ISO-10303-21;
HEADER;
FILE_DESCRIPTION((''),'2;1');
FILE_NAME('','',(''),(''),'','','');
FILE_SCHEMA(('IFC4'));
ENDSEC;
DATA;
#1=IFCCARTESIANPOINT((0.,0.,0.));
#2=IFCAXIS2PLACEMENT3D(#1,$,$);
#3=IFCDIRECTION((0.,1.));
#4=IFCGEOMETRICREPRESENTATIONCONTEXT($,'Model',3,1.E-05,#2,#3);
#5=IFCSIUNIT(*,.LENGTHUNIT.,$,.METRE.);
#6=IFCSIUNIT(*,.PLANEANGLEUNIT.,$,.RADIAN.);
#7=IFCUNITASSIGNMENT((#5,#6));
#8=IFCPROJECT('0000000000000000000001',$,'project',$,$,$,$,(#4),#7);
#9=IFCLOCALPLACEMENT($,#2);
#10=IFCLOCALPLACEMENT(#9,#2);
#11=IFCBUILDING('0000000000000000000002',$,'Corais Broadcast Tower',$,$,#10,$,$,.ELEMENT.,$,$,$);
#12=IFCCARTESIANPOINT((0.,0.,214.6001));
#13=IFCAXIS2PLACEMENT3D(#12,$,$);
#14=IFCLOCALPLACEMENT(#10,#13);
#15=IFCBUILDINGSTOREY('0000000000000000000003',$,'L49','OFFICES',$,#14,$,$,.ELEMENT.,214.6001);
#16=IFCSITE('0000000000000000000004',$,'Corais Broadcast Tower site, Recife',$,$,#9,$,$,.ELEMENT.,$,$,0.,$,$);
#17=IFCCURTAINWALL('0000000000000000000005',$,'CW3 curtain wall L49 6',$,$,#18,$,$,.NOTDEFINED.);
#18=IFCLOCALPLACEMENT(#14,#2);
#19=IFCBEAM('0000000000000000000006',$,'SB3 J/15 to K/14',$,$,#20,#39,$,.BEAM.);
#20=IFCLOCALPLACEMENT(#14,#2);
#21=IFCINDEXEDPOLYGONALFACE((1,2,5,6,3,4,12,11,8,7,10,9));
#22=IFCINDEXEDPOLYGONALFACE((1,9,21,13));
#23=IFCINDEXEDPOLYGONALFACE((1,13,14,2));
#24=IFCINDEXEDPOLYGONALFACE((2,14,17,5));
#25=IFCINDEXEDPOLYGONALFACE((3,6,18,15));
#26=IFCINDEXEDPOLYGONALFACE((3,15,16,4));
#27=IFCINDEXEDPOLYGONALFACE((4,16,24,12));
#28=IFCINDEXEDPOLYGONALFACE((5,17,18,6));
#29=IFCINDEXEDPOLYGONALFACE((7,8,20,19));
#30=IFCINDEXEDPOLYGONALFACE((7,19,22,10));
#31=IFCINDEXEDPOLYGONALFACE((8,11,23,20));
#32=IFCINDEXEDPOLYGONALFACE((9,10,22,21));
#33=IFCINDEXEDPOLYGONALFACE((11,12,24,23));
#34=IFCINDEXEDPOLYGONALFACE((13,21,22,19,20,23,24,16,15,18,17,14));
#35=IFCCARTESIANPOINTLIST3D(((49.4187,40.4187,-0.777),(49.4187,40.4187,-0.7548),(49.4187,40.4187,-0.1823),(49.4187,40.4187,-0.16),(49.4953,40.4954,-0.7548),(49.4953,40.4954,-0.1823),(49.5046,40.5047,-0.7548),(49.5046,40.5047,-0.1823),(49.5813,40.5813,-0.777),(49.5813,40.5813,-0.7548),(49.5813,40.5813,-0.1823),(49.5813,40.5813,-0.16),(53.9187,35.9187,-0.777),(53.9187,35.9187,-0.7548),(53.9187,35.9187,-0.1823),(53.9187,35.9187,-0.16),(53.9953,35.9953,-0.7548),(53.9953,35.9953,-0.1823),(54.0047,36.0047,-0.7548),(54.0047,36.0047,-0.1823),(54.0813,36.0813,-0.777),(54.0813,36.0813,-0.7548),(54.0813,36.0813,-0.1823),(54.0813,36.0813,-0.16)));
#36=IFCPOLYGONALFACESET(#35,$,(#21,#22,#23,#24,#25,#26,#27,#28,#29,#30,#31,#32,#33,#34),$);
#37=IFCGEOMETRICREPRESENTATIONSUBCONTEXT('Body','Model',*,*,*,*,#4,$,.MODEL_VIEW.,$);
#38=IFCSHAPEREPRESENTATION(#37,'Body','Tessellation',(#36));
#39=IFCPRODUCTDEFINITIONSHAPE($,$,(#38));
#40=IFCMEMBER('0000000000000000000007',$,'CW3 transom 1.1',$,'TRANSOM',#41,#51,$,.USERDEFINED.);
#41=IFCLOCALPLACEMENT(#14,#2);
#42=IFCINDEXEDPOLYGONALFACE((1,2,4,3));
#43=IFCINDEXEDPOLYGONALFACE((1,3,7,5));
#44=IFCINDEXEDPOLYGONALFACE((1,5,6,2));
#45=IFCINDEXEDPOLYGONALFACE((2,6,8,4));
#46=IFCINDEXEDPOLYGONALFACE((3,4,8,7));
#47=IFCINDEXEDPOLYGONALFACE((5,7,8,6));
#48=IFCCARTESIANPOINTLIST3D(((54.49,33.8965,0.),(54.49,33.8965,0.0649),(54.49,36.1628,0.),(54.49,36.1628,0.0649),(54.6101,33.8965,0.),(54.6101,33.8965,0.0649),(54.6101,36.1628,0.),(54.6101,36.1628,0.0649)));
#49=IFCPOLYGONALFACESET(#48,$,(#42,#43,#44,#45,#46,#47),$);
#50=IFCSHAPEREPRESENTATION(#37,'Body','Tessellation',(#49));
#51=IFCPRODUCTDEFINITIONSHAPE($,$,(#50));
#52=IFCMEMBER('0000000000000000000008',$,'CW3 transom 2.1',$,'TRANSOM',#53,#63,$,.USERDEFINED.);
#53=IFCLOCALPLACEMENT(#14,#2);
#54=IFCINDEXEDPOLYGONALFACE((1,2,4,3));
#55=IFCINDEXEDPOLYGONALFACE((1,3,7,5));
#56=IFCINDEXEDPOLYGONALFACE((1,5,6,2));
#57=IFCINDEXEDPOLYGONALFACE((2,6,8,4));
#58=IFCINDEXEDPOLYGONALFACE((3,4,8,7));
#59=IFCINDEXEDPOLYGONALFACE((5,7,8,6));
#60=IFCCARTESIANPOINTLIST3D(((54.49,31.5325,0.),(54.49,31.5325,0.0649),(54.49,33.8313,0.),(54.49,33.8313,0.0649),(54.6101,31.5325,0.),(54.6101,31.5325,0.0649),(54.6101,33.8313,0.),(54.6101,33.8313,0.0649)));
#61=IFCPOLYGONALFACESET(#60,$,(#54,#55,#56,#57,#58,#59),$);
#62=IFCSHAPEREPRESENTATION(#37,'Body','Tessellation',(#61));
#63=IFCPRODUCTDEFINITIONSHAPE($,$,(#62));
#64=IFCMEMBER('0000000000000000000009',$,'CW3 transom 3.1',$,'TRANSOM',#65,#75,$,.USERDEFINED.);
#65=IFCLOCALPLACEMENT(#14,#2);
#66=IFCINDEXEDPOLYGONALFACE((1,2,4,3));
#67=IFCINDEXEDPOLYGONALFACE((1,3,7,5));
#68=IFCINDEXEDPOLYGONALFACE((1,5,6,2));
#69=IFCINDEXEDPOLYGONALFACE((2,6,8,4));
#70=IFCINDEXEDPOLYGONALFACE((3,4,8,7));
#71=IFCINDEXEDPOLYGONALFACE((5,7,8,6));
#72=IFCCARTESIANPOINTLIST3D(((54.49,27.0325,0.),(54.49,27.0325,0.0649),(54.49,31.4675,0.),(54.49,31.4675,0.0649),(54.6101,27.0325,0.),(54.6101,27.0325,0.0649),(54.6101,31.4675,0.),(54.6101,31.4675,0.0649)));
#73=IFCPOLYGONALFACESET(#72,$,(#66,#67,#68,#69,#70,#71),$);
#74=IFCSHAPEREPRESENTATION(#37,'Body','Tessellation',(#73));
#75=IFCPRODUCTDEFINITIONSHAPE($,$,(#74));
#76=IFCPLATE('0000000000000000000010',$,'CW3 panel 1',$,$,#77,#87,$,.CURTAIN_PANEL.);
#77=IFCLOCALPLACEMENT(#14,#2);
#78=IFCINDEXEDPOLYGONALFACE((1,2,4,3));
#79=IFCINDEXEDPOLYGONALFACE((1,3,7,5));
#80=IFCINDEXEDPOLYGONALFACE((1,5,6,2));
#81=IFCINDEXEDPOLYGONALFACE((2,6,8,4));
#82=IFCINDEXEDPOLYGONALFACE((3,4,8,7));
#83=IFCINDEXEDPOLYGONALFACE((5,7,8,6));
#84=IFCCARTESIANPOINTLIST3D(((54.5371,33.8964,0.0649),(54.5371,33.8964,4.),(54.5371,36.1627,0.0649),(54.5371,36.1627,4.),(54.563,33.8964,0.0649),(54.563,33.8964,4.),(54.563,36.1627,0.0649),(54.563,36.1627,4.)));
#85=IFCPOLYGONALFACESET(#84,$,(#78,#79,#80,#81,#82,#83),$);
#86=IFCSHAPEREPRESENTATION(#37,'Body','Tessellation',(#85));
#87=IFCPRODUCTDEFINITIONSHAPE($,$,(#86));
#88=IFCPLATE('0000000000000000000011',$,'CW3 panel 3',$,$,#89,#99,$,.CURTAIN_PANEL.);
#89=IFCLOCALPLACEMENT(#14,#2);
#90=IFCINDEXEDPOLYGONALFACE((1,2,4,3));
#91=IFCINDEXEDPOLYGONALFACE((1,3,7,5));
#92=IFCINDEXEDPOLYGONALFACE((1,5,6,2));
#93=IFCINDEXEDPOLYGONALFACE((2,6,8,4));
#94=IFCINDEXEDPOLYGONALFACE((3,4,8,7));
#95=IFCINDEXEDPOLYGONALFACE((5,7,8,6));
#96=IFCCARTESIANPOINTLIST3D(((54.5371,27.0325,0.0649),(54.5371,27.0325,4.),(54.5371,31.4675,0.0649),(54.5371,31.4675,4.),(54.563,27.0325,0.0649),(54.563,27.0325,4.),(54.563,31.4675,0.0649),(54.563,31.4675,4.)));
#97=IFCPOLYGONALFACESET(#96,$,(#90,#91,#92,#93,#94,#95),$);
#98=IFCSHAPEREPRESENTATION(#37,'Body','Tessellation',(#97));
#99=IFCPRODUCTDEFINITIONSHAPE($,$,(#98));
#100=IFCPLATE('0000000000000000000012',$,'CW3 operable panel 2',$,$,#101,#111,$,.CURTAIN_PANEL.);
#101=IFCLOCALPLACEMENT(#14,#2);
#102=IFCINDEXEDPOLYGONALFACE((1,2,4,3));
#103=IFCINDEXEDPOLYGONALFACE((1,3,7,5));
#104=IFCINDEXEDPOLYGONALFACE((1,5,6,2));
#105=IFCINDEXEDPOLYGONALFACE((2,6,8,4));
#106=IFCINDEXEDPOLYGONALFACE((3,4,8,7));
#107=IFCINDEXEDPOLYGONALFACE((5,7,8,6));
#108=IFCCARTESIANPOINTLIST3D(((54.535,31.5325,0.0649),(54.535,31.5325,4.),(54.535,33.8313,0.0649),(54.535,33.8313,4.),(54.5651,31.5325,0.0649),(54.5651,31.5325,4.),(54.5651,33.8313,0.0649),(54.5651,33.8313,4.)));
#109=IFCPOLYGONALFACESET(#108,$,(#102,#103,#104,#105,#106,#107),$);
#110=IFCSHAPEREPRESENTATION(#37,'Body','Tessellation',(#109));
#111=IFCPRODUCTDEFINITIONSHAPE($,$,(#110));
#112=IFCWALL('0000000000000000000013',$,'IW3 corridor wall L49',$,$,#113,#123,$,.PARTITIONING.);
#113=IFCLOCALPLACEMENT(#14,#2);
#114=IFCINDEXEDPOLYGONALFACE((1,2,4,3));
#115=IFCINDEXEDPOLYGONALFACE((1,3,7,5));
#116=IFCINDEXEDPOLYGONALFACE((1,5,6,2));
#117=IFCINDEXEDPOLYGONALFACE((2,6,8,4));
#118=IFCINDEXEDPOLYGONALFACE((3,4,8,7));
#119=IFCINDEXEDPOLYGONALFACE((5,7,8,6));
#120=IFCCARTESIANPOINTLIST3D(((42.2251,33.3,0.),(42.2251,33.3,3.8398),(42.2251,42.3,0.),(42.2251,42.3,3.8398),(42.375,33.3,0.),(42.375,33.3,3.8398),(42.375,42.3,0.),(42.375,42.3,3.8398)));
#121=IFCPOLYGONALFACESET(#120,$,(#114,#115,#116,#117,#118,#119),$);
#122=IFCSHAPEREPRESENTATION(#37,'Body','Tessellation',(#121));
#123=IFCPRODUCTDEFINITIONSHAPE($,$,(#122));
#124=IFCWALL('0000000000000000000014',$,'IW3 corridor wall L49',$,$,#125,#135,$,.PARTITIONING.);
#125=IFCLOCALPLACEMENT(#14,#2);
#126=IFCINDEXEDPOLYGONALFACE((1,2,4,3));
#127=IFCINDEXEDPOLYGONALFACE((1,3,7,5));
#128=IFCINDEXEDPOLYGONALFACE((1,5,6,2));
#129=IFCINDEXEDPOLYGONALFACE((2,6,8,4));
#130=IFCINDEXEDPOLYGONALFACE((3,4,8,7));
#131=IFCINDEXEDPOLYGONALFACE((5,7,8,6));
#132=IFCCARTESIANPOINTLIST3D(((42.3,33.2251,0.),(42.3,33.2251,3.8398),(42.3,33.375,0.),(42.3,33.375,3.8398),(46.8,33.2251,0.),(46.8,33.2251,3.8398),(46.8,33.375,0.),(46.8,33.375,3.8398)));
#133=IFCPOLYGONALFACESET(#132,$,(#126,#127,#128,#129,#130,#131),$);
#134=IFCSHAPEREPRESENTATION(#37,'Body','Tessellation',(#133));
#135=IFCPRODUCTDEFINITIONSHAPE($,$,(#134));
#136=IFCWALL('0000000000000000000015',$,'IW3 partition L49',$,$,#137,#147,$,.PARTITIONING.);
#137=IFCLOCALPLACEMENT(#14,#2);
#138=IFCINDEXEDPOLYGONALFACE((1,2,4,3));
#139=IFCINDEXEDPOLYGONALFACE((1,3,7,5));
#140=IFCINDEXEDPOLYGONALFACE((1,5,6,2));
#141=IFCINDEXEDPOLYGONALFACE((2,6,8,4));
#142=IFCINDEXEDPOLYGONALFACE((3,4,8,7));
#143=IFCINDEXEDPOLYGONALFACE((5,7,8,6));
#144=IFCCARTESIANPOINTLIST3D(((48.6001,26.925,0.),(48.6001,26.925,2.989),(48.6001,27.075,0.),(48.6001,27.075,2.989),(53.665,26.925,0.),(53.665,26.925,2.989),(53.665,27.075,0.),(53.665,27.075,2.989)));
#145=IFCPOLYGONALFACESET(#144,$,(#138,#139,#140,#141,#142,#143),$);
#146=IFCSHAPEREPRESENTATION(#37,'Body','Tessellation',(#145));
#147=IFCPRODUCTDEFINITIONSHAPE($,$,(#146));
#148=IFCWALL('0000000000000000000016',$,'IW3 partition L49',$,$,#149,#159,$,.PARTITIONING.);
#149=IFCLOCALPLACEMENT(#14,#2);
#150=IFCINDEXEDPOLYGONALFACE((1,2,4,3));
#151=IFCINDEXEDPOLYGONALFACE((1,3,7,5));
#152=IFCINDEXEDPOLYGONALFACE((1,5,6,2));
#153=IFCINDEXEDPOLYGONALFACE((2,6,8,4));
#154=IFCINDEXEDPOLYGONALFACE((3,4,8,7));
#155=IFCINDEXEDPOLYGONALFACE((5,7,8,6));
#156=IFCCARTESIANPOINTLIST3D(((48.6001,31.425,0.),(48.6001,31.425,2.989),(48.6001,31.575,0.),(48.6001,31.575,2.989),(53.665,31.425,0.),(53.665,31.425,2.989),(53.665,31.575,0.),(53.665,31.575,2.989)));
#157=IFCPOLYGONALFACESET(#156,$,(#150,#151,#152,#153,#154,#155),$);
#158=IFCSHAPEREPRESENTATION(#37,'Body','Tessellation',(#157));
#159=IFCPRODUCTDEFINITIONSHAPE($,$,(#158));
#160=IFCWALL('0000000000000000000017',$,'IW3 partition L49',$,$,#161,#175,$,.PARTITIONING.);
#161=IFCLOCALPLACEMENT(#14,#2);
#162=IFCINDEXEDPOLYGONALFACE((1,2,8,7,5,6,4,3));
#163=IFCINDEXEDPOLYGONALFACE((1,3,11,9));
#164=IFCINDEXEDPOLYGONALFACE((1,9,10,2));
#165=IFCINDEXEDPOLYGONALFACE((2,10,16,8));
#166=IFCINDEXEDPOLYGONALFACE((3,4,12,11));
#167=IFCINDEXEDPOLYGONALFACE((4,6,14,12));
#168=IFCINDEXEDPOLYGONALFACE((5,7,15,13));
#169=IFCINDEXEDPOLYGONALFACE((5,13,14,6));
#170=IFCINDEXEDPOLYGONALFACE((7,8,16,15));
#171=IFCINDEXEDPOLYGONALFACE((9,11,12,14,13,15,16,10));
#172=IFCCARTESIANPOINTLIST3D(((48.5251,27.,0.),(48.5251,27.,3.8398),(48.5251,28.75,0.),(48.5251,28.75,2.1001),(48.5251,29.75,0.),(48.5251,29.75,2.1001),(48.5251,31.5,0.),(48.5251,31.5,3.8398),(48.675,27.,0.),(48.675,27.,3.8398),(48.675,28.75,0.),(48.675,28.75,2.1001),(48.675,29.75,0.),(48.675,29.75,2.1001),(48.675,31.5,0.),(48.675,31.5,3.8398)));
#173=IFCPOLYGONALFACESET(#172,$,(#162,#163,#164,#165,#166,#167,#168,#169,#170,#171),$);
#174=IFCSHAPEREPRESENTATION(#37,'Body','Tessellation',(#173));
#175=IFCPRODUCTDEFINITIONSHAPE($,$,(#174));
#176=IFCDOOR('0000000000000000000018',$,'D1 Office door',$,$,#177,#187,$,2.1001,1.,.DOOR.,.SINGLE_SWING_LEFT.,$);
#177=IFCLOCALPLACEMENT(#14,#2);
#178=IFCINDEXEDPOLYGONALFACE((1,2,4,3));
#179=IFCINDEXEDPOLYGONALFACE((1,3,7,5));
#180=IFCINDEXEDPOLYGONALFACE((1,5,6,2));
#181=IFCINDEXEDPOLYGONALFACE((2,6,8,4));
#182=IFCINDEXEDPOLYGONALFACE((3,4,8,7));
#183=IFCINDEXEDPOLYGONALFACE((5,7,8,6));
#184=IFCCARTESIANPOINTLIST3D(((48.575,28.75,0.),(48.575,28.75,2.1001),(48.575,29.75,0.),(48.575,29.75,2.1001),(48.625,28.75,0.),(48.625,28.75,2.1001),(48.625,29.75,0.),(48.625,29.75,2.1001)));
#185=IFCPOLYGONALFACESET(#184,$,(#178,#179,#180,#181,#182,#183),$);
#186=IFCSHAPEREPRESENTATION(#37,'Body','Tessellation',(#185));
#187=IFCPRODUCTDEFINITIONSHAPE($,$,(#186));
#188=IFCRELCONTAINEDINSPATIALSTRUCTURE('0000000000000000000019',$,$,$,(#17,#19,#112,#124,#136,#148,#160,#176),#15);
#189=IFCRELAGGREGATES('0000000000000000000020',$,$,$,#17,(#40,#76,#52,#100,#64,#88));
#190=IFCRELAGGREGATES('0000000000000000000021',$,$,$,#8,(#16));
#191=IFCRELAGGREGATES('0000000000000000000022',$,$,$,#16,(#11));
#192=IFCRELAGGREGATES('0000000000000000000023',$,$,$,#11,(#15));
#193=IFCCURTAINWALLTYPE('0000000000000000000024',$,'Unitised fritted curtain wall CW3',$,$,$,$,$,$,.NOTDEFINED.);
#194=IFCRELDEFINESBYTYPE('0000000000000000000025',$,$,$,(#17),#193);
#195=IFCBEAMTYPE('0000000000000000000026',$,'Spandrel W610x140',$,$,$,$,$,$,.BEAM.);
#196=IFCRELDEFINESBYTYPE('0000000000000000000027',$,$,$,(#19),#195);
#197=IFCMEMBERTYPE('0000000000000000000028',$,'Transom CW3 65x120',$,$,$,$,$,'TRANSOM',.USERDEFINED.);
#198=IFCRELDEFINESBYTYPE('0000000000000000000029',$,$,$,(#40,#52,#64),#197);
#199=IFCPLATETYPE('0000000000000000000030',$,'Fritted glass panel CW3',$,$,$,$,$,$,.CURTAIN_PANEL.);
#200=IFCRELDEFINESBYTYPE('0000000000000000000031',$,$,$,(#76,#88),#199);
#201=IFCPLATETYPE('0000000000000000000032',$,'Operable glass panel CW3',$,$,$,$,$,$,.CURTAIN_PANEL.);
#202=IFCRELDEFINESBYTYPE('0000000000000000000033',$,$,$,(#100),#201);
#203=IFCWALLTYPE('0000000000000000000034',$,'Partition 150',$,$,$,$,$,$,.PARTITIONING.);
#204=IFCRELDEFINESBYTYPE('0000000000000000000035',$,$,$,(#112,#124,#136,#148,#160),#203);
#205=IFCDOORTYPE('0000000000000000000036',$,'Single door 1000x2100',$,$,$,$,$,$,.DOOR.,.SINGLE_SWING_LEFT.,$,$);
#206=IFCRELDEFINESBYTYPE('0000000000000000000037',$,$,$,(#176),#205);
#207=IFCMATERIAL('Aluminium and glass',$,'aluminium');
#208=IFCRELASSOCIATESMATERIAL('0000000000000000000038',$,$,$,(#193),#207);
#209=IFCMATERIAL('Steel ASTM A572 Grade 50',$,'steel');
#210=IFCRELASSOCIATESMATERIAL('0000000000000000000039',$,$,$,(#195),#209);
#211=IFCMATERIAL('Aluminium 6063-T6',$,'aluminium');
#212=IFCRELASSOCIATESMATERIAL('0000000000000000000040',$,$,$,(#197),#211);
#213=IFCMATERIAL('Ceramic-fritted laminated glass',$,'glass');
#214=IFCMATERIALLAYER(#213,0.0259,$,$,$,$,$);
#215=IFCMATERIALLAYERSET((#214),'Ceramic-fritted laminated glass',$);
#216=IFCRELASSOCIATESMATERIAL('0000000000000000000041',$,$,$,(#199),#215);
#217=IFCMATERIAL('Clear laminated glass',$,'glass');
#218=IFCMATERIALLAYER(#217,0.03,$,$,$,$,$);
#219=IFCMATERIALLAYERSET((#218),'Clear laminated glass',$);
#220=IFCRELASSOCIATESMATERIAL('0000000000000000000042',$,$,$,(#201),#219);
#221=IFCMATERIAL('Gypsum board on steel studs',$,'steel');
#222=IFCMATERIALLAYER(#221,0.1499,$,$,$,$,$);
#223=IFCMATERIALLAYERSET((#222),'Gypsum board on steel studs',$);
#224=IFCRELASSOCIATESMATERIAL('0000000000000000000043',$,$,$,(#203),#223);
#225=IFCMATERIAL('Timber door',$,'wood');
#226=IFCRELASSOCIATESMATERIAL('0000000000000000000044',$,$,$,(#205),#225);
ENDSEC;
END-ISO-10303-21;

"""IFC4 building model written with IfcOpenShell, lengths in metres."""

from ifc_helpers import new_model, si_unit, direction, frame, frame_2d, origin, origin_2d, place, context, subcontext, project, spatial, rectangle, i_section, extrude, material, layer, layer_set, material_profile, profile_set, type_object, element, fill, aggregate, save


model = new_model("IFC4")

# Units and contexts
model_context = context("Model", 3, precision=1e-05, world=origin(), true_north=direction((0.0, 1.0)))
body_context = subcontext(model_context, "Body", "Model", "MODEL_VIEW")
ifc_project = project(units=[si_unit("LENGTHUNIT", "METRE"), si_unit("PLANEANGLEUNIT", "RADIAN")], contexts=[model_context])

# Site, building, storey
site_placement = place(None, origin())
site = spatial("IfcSite", under=ifc_project, at=site_placement, Name="Corais Broadcast Tower site, Recife", CompositionType="ELEMENT", RefElevation=0.0)
building_placement = place(site_placement, origin())
building = spatial("IfcBuilding", under=site, at=building_placement, Name="Corais Broadcast Tower", CompositionType="ELEMENT")
storey_placement = place(building_placement, frame((0.0, 0.0, 214.6001)))
storey = spatial("IfcBuildingStorey", under=building, at=storey_placement, Name="L49", Description="OFFICES", CompositionType="ELEMENT", Elevation=214.6001)

# Curtain wall
ifc_material_1 = material(Name="Aluminium and glass", Category="aluminium")
curtain_wall_type = type_object("IfcCurtainWallType", Name="Unitised fritted curtain wall CW3", PredefinedType="NOTDEFINED", material=ifc_material_1)
curtain_wall_placement = place(storey_placement, origin())
curtain_wall = element("IfcCurtainWall", 1, at=curtain_wall_placement, inside=storey, type_object=curtain_wall_type, Name="CW3 curtain wall L49 6", PredefinedType="NOTDEFINED")

# Beam
ifc_material_2 = material(Name="Steel ASTM A572 Grade 50", Category="steel")
ifc_material_profile_1 = material_profile(ifc_material_2, i_section(OverallWidth=0.23, OverallDepth=0.6169, WebThickness=0.0132, FlangeThickness=0.0222, at=origin_2d()), Name="W610x140")
ifc_profile_set_1 = profile_set([ifc_material_profile_1], Name="Steel ASTM A572 Grade 50")
beam_type_1 = type_object("IfcBeamType", Name="Spandrel W610x140", PredefinedType="BEAM", material=ifc_profile_set_1)
beam_placement = place(storey_placement, frame((54.0, 36.0, -0.4685), z_axis=(-0.707107, 0.707107, 0.0), x_axis=(-0.707107, -0.707107, 0.0)))
element("IfcBeam", 2, at=beam_placement, inside=storey, type_object=beam_type_1, Name="SB3 J/15 to K/14", PredefinedType="BEAM", context=body_context, shape_type="SweptSolid", body=[
    extrude(i_section(OverallWidth=0.23, OverallDepth=0.6169, WebThickness=0.0132, FlangeThickness=0.0222, at=origin_2d()), origin(), (0.0, 0.0, 1.0), 6.364),
])

# Members
ifc_material_3 = material(Name="Aluminium 6063-T6", Category="aluminium")
ifc_material_profile_2 = material_profile(ifc_material_3, rectangle(XDim=0.1201, YDim=0.0649, at=origin_2d()), Name="Transom CW3 65x120")
ifc_profile_set_2 = profile_set([ifc_material_profile_2], Name="Aluminium 6063-T6")
member_type_1 = type_object("IfcMemberType", Name="Transom CW3 65x120", ElementType="TRANSOM", PredefinedType="USERDEFINED", material=ifc_profile_set_2)
member_1_placement = place(storey_placement, frame((54.55, 36.1628, 0.0325), z_axis=(0.0, -1.0, 0.0), x_axis=(1.0, 0.0, 0.0)))
member_1 = element("IfcMember", 3, at=member_1_placement, type_object=member_type_1, Name="CW3 transom 1.1", ObjectType="TRANSOM", PredefinedType="USERDEFINED", context=body_context, shape_type="SweptSolid", body=[
    extrude(rectangle(XDim=0.1201, YDim=0.0649, at=origin_2d()), origin(), (0.0, 0.0, 1.0), 2.2664),
])
member_2_placement = place(storey_placement, frame((54.55, 33.8313, 0.0325), z_axis=(0.0, -1.0, 0.0), x_axis=(1.0, 0.0, 0.0)))
member_2 = element("IfcMember", 4, at=member_2_placement, type_object=member_type_1, Name="CW3 transom 2.1", ObjectType="TRANSOM", PredefinedType="USERDEFINED", context=body_context, shape_type="SweptSolid", body=[
    extrude(rectangle(XDim=0.1201, YDim=0.0649, at=origin_2d()), origin(), (0.0, 0.0, 1.0), 2.2988),
])
member_3_placement = place(storey_placement, frame((54.55, 31.4675, 0.0325), z_axis=(0.0, -1.0, 0.0), x_axis=(1.0, 0.0, 0.0)))
member_3 = element("IfcMember", 5, at=member_3_placement, type_object=member_type_1, Name="CW3 transom 3.1", ObjectType="TRANSOM", PredefinedType="USERDEFINED", context=body_context, shape_type="SweptSolid", body=[
    extrude(rectangle(XDim=0.1201, YDim=0.0649, at=origin_2d()), origin(), (0.0, 0.0, 1.0), 4.4351),
])

# Plates
ifc_material_4 = material(Name="Ceramic-fritted laminated glass", Category="glass")
ifc_layer_1 = layer(ifc_material_4, 0.0259)
ifc_layer_set_1 = layer_set([ifc_layer_1], Name="Ceramic-fritted laminated glass")
plate_type_1 = type_object("IfcPlateType", Name="Fritted glass panel CW3", PredefinedType="CURTAIN_PANEL", material=ifc_layer_set_1)
plate_1_placement = place(storey_placement, frame((54.55, 35.0295, 0.0649), z_axis=(0.0, 0.0, 1.0), x_axis=(0.0, -1.0, 0.0)))
plate_1 = element("IfcPlate", 6, at=plate_1_placement, type_object=plate_type_1, Name="CW3 panel 1", PredefinedType="CURTAIN_PANEL", context=body_context, shape_type="SweptSolid", body=[
    extrude(rectangle(XDim=2.2664, YDim=0.0259, at=origin_2d()), origin(), (0.0, 0.0, 1.0), 3.9351),
])
plate_2_placement = place(storey_placement, frame((54.55, 29.25, 0.0649), z_axis=(0.0, 0.0, 1.0), x_axis=(0.0, -1.0, 0.0)))
plate_2 = element("IfcPlate", 7, at=plate_2_placement, type_object=plate_type_1, Name="CW3 panel 3", PredefinedType="CURTAIN_PANEL", context=body_context, shape_type="SweptSolid", body=[
    extrude(rectangle(XDim=4.4351, YDim=0.0259, at=origin_2d()), origin(), (0.0, 0.0, 1.0), 3.9351),
])
ifc_material_5 = material(Name="Clear laminated glass", Category="glass")
ifc_layer_2 = layer(ifc_material_5, 0.03)
ifc_layer_set_2 = layer_set([ifc_layer_2], Name="Clear laminated glass")
plate_type_2 = type_object("IfcPlateType", Name="Operable glass panel CW3", PredefinedType="CURTAIN_PANEL", material=ifc_layer_set_2)
plate_3_placement = place(storey_placement, frame((54.55, 32.6819, 0.0649), z_axis=(0.0, 0.0, 1.0), x_axis=(0.0, -1.0, 0.0)))
plate_3 = element("IfcPlate", 8, at=plate_3_placement, type_object=plate_type_2, Name="CW3 operable panel 2", PredefinedType="CURTAIN_PANEL", context=body_context, shape_type="SweptSolid", body=[
    extrude(rectangle(XDim=2.2988, YDim=0.03, at=origin_2d()), origin(), (0.0, 0.0, 1.0), 3.9351),
])
aggregate(curtain_wall, [member_1, plate_1, member_2, plate_3, member_3, plate_2])

# Walls
ifc_material_6 = material(Name="Gypsum board on steel studs", Category="steel")
ifc_layer_3 = layer(ifc_material_6, 0.1499)
ifc_layer_set_3 = layer_set([ifc_layer_3], Name="Gypsum board on steel studs")
wall_type = type_object("IfcWallType", Name="Partition 150", PredefinedType="PARTITIONING", material=ifc_layer_set_3)
wall_1_placement = place(storey_placement, frame((42.3, 33.3, 0.0), z_axis=(0.0, 0.0, 1.0), x_axis=(0.0, 1.0, 0.0)))
element("IfcWall", 9, at=wall_1_placement, inside=storey, type_object=wall_type, Name="IW3 corridor wall L49", PredefinedType="PARTITIONING", context=body_context, shape_type="SweptSolid", body=[
    extrude(rectangle(XDim=9.0, YDim=0.1499, at=frame_2d((4.5, 0.0))), origin(), (0.0, 0.0, 1.0), 3.8398),
])
wall_2_placement = place(storey_placement, frame((46.8, 33.3, 0.0), z_axis=(0.0, 0.0, 1.0), x_axis=(-1.0, 0.0, 0.0)))
element("IfcWall", 10, at=wall_2_placement, inside=storey, type_object=wall_type, Name="IW3 corridor wall L49", PredefinedType="PARTITIONING", context=body_context, shape_type="SweptSolid", body=[
    extrude(rectangle(XDim=4.5, YDim=0.1499, at=frame_2d((2.25, 0.0))), origin(), (0.0, 0.0, 1.0), 3.8398),
])
for number, where, z_axis, x_axis, name in (
    (11, (53.665, 27.0, 0.0), (0.0, 0.0, 1.0), (-1.0, 0.0, 0.0), "IW3 partition L49"),
    (12, (53.665, 31.5, 0.0), (0.0, 0.0, 1.0), (-1.0, 0.0, 0.0), "IW3 partition L49"),
):
    element("IfcWall", number, at=place(storey_placement, frame(where, z_axis=z_axis, x_axis=x_axis)), inside=storey, type_object=wall_type, Name=name, PredefinedType="PARTITIONING", context=body_context, shape_type="SweptSolid", body=[
        extrude(rectangle(XDim=5.0649, YDim=0.1499, at=frame_2d((2.5325, 0.0))), origin(), (0.0, 0.0, 1.0), 2.989),
    ])

# Wall, opening, door
wall_3_placement = place(storey_placement, frame((48.6001, 31.5, 0.0), z_axis=(0.0, 0.0, 1.0), x_axis=(0.0, -1.0, 0.0)))
wall_3 = element("IfcWall", 13, at=wall_3_placement, inside=storey, type_object=wall_type, Name="IW3 partition L49", PredefinedType="PARTITIONING", context=body_context, shape_type="SweptSolid", body=[
    extrude(rectangle(XDim=4.5, YDim=0.1499, at=frame_2d((2.25, 0.0))), origin(), (0.0, 0.0, 1.0), 3.8398),
])
opening_1_placement = place(wall_3_placement, frame((1.75, 0.0, 0.0)))
opening_1 = element("IfcOpeningElement", 14, at=opening_1_placement, cuts=wall_3, PredefinedType="OPENING", context=body_context, shape_type="SweptSolid", body=[
    extrude(rectangle(XDim=1.0, YDim=2.1001, at=frame_2d((0.5, 1.05))), frame((0.0, 0.085, 0.0), z_axis=(0.0, -1.0, 0.0), x_axis=(1.0, 0.0, 0.0)), (0.0, 0.0, 1.0), 0.1699),
])
ifc_material_7 = material(Name="Timber door", Category="wood")
door_type = type_object("IfcDoorType", Name="Single door 1000x2100", OperationType="SINGLE_SWING_LEFT", PredefinedType="DOOR", material=ifc_material_7)
door_1_placement = place(opening_1_placement, origin())
door_1 = element("IfcDoor", 15, at=door_1_placement, inside=storey, type_object=door_type, Name="D1 Office door", OperationType="SINGLE_SWING_LEFT", OverallHeight=2.1001, OverallWidth=1.0, PredefinedType="DOOR", context=body_context, shape_type="SweptSolid", body=[
    extrude(rectangle(XDim=1.0, YDim=2.1001, at=frame_2d((0.5, 1.05))), frame((0.0, 0.0249, 0.0), z_axis=(0.0, -1.0, 0.0), x_axis=(1.0, 0.0, 0.0)), (0.0, 0.0, 1.0), 0.05),
])
fill(opening_1, door_1)

save(model, "model.ifc")
